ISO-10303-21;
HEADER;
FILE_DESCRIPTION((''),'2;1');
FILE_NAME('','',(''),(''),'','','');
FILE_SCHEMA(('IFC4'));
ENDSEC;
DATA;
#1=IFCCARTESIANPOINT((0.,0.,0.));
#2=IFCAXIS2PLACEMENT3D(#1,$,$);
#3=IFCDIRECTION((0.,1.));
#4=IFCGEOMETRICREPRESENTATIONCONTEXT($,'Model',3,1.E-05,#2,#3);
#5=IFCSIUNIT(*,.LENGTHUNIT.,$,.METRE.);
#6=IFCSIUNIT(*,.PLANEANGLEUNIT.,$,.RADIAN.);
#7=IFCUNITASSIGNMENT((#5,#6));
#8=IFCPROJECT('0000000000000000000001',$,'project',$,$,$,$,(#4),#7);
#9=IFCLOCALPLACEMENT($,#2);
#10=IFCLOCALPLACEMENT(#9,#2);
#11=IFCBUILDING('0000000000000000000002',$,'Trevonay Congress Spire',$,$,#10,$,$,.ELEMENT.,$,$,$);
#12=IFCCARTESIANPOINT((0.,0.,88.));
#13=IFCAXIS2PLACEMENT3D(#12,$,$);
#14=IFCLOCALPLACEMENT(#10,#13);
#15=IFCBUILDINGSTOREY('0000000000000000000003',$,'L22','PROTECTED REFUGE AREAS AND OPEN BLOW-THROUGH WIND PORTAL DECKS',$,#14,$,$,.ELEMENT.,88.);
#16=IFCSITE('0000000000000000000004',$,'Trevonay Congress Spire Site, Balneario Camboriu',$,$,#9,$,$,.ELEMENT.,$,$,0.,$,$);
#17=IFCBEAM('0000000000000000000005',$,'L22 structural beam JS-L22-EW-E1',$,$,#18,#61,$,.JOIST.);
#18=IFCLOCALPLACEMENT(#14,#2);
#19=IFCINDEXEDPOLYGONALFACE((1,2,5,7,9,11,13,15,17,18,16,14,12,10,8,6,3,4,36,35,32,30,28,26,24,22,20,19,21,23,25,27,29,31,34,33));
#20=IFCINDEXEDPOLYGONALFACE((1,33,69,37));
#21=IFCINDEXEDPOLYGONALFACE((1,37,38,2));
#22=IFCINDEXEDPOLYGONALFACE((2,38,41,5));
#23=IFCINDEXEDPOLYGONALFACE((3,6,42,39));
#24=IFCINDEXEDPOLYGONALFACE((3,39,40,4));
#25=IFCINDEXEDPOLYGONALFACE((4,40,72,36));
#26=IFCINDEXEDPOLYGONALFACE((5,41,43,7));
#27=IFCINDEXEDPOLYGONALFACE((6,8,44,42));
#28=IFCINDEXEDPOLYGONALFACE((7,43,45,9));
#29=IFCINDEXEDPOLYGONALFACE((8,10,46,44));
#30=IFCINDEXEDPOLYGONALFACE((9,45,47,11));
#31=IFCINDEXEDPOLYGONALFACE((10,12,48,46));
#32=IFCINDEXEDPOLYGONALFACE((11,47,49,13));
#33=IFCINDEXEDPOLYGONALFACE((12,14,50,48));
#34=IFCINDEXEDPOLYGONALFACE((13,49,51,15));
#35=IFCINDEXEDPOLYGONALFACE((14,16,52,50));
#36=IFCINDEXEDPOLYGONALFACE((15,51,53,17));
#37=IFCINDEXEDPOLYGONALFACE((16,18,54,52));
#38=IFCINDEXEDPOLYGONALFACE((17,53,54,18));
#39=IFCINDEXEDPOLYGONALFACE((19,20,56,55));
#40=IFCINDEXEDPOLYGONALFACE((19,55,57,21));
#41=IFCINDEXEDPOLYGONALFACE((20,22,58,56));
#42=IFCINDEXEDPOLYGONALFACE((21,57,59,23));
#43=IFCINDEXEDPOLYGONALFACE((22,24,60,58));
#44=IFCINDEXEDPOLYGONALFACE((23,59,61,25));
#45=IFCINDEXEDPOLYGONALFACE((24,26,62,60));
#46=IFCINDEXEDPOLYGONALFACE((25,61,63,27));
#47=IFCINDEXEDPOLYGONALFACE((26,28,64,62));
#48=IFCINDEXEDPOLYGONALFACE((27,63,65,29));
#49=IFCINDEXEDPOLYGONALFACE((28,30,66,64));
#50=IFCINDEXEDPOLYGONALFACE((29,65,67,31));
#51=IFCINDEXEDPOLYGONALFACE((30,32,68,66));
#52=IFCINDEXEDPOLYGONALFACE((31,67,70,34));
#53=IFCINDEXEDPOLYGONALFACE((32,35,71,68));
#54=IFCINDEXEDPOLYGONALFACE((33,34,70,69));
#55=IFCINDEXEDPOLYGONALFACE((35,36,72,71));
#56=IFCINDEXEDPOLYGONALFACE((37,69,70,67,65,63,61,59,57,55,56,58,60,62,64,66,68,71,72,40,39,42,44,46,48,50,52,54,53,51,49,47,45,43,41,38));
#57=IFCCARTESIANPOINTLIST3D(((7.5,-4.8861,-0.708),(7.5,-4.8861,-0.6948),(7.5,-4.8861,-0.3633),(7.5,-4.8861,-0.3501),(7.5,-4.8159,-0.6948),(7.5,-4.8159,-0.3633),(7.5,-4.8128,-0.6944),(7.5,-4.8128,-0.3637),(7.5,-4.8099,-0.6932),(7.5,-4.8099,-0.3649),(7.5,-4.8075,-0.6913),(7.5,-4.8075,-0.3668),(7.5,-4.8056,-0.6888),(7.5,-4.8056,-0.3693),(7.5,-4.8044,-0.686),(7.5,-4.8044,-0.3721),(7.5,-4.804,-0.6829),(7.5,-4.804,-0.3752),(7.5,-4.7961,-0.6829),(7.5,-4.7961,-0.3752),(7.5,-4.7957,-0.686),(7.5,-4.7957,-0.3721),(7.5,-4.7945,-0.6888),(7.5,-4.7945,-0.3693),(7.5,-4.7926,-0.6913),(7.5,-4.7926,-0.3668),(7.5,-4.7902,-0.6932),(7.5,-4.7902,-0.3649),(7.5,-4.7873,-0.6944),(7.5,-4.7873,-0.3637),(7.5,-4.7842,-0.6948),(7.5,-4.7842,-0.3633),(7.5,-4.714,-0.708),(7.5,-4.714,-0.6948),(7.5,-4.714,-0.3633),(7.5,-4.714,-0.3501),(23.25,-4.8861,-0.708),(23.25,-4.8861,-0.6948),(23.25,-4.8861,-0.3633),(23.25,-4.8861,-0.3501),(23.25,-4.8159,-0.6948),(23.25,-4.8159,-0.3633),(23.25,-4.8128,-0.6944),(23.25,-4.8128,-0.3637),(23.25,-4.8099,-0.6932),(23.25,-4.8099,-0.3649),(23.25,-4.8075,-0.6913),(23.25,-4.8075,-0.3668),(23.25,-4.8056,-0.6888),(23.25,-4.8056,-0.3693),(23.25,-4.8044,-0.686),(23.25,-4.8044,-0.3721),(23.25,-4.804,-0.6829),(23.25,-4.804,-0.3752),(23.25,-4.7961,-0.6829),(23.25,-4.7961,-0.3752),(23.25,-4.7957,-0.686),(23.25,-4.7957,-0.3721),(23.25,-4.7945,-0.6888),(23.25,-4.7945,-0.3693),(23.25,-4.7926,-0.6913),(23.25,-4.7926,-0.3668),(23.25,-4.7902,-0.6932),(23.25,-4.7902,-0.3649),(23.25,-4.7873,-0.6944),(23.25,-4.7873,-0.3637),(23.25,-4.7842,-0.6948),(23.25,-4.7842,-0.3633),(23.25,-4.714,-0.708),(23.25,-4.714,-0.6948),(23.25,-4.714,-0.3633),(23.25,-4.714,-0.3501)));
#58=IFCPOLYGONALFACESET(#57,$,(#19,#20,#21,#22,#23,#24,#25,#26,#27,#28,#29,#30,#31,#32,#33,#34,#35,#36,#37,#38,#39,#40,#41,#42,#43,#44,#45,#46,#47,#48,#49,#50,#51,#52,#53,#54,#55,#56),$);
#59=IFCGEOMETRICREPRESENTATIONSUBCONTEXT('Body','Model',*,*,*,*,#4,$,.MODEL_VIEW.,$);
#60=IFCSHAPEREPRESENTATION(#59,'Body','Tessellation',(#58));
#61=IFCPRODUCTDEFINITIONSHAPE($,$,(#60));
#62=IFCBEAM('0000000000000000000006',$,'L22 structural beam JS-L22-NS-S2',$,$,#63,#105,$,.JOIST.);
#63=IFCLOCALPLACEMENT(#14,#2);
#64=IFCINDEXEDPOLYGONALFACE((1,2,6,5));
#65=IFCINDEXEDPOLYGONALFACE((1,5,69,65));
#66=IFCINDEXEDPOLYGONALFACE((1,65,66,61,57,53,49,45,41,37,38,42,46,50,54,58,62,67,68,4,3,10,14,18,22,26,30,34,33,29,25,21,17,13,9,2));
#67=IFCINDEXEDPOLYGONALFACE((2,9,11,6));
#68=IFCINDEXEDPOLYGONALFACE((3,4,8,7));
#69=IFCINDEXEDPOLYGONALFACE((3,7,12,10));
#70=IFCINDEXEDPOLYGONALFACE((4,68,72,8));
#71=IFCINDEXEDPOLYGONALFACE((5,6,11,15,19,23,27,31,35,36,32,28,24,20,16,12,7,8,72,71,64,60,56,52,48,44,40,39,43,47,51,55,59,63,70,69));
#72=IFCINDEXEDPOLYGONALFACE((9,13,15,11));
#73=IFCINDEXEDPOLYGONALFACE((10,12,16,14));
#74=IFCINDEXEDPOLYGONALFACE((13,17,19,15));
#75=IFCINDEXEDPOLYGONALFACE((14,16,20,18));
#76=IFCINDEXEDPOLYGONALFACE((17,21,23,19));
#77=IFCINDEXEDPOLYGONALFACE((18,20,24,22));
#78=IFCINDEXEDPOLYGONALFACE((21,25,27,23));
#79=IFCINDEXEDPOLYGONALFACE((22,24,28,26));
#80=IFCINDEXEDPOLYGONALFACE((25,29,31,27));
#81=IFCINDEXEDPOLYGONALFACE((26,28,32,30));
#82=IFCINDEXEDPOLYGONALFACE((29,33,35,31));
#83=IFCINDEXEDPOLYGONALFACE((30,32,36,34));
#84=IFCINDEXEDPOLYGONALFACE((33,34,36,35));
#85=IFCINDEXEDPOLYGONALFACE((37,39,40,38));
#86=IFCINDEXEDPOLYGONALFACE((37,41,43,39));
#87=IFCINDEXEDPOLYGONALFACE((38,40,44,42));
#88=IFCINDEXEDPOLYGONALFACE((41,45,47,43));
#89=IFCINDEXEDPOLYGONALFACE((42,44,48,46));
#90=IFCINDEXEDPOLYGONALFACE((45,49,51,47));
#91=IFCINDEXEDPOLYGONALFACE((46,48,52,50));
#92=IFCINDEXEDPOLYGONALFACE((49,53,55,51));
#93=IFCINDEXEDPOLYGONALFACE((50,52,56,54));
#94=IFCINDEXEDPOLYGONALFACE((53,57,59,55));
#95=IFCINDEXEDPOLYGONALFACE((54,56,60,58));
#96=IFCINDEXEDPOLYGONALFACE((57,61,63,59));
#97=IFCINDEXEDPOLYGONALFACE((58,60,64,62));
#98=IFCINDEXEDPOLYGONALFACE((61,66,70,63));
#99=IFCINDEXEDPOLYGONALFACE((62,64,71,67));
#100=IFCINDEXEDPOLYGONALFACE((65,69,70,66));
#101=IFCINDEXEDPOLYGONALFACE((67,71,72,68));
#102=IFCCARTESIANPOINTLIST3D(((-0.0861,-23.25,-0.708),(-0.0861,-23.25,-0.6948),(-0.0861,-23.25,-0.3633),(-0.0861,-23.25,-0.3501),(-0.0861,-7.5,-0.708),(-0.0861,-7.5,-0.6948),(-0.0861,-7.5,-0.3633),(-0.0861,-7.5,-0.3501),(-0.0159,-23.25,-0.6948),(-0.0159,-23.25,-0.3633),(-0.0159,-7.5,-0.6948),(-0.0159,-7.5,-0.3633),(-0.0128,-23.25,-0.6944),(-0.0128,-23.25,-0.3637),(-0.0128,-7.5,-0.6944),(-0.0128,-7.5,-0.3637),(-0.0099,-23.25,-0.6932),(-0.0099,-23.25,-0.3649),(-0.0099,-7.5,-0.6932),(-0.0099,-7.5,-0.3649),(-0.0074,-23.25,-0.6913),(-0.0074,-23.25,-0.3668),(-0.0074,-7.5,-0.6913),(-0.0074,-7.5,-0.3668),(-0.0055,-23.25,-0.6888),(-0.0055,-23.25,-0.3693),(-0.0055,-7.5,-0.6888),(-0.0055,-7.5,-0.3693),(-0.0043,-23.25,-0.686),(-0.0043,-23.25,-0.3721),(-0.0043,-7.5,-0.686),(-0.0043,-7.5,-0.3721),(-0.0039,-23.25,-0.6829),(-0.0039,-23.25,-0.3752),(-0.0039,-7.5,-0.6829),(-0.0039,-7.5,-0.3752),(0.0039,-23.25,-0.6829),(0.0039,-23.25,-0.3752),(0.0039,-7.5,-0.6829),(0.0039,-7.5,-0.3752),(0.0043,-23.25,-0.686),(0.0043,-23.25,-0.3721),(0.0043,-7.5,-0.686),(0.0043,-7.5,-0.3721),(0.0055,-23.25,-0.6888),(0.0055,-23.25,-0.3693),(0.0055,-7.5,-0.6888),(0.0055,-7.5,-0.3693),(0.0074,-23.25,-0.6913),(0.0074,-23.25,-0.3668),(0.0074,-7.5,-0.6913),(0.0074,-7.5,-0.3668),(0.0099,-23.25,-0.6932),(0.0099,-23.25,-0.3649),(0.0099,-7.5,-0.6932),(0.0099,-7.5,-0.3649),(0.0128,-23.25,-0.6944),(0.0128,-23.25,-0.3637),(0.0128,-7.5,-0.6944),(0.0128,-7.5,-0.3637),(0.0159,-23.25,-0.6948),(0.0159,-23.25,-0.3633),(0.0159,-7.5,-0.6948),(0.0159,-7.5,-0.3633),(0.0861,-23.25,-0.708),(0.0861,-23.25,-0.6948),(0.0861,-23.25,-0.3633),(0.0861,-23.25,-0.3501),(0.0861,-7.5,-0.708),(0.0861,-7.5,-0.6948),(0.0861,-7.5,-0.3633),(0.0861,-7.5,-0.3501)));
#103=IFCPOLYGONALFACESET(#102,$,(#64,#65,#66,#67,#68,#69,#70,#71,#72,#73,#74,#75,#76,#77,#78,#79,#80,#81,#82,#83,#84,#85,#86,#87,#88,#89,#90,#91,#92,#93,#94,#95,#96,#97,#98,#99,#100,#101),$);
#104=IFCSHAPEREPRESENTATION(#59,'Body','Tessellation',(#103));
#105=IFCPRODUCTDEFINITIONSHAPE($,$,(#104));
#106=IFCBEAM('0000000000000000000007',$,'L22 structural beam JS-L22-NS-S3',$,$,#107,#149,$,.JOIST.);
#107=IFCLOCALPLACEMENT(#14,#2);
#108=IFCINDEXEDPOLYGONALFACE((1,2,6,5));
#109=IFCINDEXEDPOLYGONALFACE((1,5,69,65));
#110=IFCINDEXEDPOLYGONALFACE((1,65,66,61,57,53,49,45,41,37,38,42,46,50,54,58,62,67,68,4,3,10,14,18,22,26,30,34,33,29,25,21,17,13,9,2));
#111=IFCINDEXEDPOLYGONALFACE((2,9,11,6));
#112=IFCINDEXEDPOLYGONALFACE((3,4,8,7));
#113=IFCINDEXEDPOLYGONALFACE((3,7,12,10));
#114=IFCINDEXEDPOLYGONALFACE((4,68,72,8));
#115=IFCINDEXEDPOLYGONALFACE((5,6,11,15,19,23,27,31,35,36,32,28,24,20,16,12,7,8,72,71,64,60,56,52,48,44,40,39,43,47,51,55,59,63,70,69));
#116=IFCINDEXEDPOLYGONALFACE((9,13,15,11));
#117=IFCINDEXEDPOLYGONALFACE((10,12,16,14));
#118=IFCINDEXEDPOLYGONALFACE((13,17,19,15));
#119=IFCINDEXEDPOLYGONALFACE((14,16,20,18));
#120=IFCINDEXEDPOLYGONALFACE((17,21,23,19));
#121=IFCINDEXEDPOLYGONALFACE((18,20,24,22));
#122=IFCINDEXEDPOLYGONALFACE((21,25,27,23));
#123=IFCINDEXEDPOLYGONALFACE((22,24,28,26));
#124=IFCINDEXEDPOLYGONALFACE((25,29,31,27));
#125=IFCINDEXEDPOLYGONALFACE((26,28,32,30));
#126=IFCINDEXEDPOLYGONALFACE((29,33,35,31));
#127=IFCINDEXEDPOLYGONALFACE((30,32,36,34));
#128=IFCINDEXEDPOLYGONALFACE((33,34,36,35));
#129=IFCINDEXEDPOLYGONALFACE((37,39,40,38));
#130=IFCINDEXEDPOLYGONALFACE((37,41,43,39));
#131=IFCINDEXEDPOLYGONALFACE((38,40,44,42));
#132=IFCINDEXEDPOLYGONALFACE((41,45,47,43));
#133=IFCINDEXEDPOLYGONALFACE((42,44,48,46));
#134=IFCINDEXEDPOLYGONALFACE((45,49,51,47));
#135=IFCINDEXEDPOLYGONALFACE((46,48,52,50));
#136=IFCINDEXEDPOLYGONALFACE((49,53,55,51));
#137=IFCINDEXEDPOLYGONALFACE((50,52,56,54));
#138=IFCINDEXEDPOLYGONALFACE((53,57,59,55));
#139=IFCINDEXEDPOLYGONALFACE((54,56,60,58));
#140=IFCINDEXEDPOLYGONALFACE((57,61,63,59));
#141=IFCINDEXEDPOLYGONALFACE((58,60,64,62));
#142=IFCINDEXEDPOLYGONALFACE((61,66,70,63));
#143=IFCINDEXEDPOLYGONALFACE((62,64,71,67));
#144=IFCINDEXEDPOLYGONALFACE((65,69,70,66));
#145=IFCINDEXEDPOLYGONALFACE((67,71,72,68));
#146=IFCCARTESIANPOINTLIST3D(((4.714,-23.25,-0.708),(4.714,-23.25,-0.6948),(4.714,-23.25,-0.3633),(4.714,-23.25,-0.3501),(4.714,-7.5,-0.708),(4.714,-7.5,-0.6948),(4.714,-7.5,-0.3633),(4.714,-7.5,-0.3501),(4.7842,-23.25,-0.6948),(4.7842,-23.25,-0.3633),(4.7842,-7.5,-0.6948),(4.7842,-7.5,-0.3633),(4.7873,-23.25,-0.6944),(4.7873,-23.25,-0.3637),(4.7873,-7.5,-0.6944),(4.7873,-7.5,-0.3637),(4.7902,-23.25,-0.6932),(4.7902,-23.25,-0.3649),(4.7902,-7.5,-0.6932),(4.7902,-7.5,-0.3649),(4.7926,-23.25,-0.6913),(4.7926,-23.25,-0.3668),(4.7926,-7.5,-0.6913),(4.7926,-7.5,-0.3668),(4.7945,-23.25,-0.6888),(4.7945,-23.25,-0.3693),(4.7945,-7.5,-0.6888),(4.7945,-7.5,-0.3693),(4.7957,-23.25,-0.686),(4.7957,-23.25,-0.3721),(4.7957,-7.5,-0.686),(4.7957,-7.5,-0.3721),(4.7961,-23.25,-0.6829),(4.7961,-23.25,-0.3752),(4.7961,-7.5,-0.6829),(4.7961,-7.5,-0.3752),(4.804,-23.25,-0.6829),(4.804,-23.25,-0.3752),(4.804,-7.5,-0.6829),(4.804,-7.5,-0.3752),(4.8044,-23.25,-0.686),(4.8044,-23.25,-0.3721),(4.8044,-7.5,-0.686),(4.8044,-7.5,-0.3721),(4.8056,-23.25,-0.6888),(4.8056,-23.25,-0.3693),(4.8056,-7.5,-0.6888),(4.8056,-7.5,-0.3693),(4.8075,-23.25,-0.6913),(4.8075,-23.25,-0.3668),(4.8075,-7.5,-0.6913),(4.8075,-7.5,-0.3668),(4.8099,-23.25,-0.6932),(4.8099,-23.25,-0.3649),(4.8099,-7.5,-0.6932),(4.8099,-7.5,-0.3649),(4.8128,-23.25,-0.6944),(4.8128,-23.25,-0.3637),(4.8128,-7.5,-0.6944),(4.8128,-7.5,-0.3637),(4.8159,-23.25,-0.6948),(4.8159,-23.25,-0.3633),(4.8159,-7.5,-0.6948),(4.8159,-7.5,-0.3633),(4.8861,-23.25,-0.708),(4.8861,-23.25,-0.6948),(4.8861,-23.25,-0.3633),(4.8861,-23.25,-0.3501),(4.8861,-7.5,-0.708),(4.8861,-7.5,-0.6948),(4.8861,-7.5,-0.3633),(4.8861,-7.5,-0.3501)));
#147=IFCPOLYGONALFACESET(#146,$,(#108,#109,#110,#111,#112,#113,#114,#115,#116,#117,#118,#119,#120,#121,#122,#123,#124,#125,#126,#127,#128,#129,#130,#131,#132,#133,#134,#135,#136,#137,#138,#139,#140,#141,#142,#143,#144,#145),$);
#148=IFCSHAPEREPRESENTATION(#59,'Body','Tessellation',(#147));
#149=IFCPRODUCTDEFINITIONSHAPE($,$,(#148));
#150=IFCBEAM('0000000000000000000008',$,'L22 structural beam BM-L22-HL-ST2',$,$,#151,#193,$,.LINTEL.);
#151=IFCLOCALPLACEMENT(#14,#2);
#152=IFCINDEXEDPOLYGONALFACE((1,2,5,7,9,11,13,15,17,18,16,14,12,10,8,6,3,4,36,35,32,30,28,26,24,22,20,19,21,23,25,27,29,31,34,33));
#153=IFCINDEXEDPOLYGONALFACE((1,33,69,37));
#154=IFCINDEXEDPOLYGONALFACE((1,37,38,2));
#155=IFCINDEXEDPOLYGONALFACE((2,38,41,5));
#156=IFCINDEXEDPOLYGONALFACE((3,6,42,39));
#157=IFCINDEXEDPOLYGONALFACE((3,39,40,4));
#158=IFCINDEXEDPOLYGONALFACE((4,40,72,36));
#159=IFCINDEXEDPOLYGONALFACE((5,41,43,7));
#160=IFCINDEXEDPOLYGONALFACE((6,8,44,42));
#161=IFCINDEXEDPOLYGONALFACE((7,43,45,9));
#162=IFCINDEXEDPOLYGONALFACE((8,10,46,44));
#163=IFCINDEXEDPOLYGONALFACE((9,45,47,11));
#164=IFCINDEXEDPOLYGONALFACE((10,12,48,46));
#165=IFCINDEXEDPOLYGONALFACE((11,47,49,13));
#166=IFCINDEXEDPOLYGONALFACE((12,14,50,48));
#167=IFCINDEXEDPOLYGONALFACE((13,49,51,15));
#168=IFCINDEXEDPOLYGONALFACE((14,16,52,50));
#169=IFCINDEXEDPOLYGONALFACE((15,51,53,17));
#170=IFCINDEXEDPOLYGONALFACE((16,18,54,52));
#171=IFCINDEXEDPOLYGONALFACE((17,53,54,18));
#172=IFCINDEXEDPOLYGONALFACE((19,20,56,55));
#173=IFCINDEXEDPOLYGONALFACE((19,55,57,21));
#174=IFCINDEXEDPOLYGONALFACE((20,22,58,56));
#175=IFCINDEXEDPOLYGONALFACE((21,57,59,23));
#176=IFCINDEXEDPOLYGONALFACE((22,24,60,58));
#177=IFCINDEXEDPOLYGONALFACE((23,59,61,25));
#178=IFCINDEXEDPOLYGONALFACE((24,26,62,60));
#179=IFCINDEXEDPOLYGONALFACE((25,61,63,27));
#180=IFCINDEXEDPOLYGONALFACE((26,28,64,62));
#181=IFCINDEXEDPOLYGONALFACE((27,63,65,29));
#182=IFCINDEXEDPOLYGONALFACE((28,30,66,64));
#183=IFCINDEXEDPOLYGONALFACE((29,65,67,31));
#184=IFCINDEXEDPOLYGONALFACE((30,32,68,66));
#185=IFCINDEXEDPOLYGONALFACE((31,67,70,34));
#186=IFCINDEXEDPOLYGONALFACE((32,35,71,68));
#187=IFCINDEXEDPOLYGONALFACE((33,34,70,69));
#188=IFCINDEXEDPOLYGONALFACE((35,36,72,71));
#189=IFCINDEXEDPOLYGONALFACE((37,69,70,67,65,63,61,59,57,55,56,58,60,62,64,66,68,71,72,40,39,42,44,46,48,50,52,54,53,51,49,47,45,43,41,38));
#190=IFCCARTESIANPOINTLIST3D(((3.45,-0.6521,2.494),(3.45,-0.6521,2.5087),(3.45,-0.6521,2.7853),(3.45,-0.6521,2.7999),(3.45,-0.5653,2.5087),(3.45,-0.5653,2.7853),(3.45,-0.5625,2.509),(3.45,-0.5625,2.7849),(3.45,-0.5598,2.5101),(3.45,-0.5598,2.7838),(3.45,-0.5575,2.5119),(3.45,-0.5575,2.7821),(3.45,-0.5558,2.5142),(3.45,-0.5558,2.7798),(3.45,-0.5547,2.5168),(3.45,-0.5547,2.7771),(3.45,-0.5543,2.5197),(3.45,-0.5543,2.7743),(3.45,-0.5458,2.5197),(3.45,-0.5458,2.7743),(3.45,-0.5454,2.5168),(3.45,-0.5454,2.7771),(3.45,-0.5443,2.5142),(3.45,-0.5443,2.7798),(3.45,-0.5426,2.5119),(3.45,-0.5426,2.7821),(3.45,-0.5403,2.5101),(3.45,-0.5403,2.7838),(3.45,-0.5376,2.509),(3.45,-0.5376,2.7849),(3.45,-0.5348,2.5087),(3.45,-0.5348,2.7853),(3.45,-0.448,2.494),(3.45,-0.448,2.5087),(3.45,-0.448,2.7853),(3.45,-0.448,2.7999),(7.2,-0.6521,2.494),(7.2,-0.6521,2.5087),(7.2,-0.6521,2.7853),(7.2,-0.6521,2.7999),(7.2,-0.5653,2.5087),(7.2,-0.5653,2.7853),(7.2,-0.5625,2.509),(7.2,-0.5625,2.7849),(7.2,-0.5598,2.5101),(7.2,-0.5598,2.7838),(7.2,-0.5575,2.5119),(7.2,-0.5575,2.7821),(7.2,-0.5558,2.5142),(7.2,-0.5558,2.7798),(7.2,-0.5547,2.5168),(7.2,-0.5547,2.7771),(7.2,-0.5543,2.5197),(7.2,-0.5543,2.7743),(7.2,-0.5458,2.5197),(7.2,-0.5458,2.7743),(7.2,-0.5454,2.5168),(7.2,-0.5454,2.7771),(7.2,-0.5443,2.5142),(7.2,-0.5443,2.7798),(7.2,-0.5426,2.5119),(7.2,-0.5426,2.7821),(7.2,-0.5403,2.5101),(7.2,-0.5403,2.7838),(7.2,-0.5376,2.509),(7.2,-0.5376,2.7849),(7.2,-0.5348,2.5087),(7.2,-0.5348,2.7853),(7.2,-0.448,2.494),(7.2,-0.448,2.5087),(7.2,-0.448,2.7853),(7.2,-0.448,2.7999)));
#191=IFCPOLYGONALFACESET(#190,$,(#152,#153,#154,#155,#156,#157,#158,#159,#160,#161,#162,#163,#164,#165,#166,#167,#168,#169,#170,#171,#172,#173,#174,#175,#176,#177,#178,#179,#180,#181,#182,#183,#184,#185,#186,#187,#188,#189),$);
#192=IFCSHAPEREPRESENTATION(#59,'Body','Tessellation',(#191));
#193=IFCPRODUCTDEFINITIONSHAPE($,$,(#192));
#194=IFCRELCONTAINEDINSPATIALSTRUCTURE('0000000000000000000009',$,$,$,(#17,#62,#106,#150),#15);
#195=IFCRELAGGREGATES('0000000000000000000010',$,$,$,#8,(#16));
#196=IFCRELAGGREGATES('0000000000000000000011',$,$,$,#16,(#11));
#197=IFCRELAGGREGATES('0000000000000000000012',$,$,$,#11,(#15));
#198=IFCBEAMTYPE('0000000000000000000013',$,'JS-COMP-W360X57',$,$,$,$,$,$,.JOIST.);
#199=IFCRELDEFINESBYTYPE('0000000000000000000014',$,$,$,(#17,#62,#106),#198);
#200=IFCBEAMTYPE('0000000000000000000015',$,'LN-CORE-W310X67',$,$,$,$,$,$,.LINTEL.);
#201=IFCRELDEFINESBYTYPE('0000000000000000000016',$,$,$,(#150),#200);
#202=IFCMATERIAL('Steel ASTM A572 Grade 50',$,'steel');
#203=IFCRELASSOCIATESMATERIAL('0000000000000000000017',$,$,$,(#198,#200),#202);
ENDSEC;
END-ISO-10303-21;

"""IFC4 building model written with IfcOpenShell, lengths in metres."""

from ifc_helpers import new_model, si_unit, direction, frame, origin, origin_2d, place, context, subcontext, project, spatial, i_section, extrude, material, material_profile, profile_set, type_object, element, save


model = new_model("IFC4")

# Units and contexts
model_context = context("Model", 3, precision=1e-05, world=origin(), true_north=direction((0.0, 1.0)))
body_context = subcontext(model_context, "Body", "Model", "MODEL_VIEW")
ifc_project = project(units=[si_unit("LENGTHUNIT", "METRE"), si_unit("PLANEANGLEUNIT", "RADIAN")], contexts=[model_context])

# Site, building, storey
site_placement = place(None, origin())
site = spatial("IfcSite", under=ifc_project, at=site_placement, Name="Trevonay Congress Spire Site, Balneario Camboriu", CompositionType="ELEMENT", RefElevation=0.0)
building_placement = place(site_placement, origin())
building = spatial("IfcBuilding", under=site, at=building_placement, Name="Trevonay Congress Spire", CompositionType="ELEMENT")
storey_placement = place(building_placement, frame((0.0, 0.0, 88.0)))
storey = spatial("IfcBuildingStorey", under=building, at=storey_placement, Name="L22", Description="PROTECTED REFUGE AREAS AND OPEN BLOW-THROUGH WIND PORTAL DECKS", CompositionType="ELEMENT", Elevation=88.0)

# Shared definitions
ifc_material_1 = material(Name="Steel ASTM A572 Grade 50", Category="steel")

# Beams
ifc_material_profile_1 = material_profile(ifc_material_1, i_section(OverallWidth=0.1721, OverallDepth=0.3579, WebThickness=0.0078, FlangeThickness=0.0132, FilletRadius=0.012, at=origin_2d()), Name="W360x57.8")
ifc_profile_set_1 = profile_set([ifc_material_profile_1], Name="Steel ASTM A572 Grade 50")
beam_type_1 = type_object("IfcBeamType", Name="JS-COMP-W360X57", PredefinedType="JOIST", material=ifc_profile_set_1)
for number, where, z_axis, x_axis, name in (
    (1, (7.5, -4.8, -0.5291), (1.0, 0.0, 0.0), (0.0, 1.0, 0.0), "L22 structural beam JS-L22-EW-E1"),
    (2, (0.0, -23.25, -0.5291), (0.0, 1.0, 0.0), (-1.0, 0.0, 0.0), "L22 structural beam JS-L22-NS-S2"),
    (3, (4.8, -23.25, -0.5291), (0.0, 1.0, 0.0), (-1.0, 0.0, 0.0), "L22 structural beam JS-L22-NS-S3"),
):
    element("IfcBeam", number, at=place(storey_placement, frame(where, z_axis=z_axis, x_axis=x_axis)), inside=storey, type_object=beam_type_1, Name=name, PredefinedType="JOIST", context=body_context, shape_type="SweptSolid", body=[
        extrude(i_section(OverallWidth=0.1721, OverallDepth=0.3579, WebThickness=0.0078, FlangeThickness=0.0132, FilletRadius=0.012, at=origin_2d()), origin(), (0.0, 0.0, 1.0), 15.75),
    ])
ifc_material_profile_2 = material_profile(ifc_material_1, i_section(OverallWidth=0.2041, OverallDepth=0.3059, WebThickness=0.0085, FlangeThickness=0.0146, FilletRadius=0.011, at=origin_2d()), Name="W310x67")
ifc_profile_set_2 = profile_set([ifc_material_profile_2], Name="Steel ASTM A572 Grade 50")
beam_type_2 = type_object("IfcBeamType", Name="LN-CORE-W310X67", PredefinedType="LINTEL", material=ifc_profile_set_2)
beam_1_placement = place(storey_placement, frame((3.45, -0.55, 2.647), z_axis=(1.0, 0.0, 0.0), x_axis=(0.0, 1.0, 0.0)))
element("IfcBeam", 4, at=beam_1_placement, inside=storey, type_object=beam_type_2, Name="L22 structural beam BM-L22-HL-ST2", PredefinedType="LINTEL", context=body_context, shape_type="SweptSolid", body=[
    extrude(i_section(OverallWidth=0.2041, OverallDepth=0.3059, WebThickness=0.0085, FlangeThickness=0.0146, FilletRadius=0.011, at=origin_2d()), origin(), (0.0, 0.0, 1.0), 3.75),
])

save(model, "model.ifc")
